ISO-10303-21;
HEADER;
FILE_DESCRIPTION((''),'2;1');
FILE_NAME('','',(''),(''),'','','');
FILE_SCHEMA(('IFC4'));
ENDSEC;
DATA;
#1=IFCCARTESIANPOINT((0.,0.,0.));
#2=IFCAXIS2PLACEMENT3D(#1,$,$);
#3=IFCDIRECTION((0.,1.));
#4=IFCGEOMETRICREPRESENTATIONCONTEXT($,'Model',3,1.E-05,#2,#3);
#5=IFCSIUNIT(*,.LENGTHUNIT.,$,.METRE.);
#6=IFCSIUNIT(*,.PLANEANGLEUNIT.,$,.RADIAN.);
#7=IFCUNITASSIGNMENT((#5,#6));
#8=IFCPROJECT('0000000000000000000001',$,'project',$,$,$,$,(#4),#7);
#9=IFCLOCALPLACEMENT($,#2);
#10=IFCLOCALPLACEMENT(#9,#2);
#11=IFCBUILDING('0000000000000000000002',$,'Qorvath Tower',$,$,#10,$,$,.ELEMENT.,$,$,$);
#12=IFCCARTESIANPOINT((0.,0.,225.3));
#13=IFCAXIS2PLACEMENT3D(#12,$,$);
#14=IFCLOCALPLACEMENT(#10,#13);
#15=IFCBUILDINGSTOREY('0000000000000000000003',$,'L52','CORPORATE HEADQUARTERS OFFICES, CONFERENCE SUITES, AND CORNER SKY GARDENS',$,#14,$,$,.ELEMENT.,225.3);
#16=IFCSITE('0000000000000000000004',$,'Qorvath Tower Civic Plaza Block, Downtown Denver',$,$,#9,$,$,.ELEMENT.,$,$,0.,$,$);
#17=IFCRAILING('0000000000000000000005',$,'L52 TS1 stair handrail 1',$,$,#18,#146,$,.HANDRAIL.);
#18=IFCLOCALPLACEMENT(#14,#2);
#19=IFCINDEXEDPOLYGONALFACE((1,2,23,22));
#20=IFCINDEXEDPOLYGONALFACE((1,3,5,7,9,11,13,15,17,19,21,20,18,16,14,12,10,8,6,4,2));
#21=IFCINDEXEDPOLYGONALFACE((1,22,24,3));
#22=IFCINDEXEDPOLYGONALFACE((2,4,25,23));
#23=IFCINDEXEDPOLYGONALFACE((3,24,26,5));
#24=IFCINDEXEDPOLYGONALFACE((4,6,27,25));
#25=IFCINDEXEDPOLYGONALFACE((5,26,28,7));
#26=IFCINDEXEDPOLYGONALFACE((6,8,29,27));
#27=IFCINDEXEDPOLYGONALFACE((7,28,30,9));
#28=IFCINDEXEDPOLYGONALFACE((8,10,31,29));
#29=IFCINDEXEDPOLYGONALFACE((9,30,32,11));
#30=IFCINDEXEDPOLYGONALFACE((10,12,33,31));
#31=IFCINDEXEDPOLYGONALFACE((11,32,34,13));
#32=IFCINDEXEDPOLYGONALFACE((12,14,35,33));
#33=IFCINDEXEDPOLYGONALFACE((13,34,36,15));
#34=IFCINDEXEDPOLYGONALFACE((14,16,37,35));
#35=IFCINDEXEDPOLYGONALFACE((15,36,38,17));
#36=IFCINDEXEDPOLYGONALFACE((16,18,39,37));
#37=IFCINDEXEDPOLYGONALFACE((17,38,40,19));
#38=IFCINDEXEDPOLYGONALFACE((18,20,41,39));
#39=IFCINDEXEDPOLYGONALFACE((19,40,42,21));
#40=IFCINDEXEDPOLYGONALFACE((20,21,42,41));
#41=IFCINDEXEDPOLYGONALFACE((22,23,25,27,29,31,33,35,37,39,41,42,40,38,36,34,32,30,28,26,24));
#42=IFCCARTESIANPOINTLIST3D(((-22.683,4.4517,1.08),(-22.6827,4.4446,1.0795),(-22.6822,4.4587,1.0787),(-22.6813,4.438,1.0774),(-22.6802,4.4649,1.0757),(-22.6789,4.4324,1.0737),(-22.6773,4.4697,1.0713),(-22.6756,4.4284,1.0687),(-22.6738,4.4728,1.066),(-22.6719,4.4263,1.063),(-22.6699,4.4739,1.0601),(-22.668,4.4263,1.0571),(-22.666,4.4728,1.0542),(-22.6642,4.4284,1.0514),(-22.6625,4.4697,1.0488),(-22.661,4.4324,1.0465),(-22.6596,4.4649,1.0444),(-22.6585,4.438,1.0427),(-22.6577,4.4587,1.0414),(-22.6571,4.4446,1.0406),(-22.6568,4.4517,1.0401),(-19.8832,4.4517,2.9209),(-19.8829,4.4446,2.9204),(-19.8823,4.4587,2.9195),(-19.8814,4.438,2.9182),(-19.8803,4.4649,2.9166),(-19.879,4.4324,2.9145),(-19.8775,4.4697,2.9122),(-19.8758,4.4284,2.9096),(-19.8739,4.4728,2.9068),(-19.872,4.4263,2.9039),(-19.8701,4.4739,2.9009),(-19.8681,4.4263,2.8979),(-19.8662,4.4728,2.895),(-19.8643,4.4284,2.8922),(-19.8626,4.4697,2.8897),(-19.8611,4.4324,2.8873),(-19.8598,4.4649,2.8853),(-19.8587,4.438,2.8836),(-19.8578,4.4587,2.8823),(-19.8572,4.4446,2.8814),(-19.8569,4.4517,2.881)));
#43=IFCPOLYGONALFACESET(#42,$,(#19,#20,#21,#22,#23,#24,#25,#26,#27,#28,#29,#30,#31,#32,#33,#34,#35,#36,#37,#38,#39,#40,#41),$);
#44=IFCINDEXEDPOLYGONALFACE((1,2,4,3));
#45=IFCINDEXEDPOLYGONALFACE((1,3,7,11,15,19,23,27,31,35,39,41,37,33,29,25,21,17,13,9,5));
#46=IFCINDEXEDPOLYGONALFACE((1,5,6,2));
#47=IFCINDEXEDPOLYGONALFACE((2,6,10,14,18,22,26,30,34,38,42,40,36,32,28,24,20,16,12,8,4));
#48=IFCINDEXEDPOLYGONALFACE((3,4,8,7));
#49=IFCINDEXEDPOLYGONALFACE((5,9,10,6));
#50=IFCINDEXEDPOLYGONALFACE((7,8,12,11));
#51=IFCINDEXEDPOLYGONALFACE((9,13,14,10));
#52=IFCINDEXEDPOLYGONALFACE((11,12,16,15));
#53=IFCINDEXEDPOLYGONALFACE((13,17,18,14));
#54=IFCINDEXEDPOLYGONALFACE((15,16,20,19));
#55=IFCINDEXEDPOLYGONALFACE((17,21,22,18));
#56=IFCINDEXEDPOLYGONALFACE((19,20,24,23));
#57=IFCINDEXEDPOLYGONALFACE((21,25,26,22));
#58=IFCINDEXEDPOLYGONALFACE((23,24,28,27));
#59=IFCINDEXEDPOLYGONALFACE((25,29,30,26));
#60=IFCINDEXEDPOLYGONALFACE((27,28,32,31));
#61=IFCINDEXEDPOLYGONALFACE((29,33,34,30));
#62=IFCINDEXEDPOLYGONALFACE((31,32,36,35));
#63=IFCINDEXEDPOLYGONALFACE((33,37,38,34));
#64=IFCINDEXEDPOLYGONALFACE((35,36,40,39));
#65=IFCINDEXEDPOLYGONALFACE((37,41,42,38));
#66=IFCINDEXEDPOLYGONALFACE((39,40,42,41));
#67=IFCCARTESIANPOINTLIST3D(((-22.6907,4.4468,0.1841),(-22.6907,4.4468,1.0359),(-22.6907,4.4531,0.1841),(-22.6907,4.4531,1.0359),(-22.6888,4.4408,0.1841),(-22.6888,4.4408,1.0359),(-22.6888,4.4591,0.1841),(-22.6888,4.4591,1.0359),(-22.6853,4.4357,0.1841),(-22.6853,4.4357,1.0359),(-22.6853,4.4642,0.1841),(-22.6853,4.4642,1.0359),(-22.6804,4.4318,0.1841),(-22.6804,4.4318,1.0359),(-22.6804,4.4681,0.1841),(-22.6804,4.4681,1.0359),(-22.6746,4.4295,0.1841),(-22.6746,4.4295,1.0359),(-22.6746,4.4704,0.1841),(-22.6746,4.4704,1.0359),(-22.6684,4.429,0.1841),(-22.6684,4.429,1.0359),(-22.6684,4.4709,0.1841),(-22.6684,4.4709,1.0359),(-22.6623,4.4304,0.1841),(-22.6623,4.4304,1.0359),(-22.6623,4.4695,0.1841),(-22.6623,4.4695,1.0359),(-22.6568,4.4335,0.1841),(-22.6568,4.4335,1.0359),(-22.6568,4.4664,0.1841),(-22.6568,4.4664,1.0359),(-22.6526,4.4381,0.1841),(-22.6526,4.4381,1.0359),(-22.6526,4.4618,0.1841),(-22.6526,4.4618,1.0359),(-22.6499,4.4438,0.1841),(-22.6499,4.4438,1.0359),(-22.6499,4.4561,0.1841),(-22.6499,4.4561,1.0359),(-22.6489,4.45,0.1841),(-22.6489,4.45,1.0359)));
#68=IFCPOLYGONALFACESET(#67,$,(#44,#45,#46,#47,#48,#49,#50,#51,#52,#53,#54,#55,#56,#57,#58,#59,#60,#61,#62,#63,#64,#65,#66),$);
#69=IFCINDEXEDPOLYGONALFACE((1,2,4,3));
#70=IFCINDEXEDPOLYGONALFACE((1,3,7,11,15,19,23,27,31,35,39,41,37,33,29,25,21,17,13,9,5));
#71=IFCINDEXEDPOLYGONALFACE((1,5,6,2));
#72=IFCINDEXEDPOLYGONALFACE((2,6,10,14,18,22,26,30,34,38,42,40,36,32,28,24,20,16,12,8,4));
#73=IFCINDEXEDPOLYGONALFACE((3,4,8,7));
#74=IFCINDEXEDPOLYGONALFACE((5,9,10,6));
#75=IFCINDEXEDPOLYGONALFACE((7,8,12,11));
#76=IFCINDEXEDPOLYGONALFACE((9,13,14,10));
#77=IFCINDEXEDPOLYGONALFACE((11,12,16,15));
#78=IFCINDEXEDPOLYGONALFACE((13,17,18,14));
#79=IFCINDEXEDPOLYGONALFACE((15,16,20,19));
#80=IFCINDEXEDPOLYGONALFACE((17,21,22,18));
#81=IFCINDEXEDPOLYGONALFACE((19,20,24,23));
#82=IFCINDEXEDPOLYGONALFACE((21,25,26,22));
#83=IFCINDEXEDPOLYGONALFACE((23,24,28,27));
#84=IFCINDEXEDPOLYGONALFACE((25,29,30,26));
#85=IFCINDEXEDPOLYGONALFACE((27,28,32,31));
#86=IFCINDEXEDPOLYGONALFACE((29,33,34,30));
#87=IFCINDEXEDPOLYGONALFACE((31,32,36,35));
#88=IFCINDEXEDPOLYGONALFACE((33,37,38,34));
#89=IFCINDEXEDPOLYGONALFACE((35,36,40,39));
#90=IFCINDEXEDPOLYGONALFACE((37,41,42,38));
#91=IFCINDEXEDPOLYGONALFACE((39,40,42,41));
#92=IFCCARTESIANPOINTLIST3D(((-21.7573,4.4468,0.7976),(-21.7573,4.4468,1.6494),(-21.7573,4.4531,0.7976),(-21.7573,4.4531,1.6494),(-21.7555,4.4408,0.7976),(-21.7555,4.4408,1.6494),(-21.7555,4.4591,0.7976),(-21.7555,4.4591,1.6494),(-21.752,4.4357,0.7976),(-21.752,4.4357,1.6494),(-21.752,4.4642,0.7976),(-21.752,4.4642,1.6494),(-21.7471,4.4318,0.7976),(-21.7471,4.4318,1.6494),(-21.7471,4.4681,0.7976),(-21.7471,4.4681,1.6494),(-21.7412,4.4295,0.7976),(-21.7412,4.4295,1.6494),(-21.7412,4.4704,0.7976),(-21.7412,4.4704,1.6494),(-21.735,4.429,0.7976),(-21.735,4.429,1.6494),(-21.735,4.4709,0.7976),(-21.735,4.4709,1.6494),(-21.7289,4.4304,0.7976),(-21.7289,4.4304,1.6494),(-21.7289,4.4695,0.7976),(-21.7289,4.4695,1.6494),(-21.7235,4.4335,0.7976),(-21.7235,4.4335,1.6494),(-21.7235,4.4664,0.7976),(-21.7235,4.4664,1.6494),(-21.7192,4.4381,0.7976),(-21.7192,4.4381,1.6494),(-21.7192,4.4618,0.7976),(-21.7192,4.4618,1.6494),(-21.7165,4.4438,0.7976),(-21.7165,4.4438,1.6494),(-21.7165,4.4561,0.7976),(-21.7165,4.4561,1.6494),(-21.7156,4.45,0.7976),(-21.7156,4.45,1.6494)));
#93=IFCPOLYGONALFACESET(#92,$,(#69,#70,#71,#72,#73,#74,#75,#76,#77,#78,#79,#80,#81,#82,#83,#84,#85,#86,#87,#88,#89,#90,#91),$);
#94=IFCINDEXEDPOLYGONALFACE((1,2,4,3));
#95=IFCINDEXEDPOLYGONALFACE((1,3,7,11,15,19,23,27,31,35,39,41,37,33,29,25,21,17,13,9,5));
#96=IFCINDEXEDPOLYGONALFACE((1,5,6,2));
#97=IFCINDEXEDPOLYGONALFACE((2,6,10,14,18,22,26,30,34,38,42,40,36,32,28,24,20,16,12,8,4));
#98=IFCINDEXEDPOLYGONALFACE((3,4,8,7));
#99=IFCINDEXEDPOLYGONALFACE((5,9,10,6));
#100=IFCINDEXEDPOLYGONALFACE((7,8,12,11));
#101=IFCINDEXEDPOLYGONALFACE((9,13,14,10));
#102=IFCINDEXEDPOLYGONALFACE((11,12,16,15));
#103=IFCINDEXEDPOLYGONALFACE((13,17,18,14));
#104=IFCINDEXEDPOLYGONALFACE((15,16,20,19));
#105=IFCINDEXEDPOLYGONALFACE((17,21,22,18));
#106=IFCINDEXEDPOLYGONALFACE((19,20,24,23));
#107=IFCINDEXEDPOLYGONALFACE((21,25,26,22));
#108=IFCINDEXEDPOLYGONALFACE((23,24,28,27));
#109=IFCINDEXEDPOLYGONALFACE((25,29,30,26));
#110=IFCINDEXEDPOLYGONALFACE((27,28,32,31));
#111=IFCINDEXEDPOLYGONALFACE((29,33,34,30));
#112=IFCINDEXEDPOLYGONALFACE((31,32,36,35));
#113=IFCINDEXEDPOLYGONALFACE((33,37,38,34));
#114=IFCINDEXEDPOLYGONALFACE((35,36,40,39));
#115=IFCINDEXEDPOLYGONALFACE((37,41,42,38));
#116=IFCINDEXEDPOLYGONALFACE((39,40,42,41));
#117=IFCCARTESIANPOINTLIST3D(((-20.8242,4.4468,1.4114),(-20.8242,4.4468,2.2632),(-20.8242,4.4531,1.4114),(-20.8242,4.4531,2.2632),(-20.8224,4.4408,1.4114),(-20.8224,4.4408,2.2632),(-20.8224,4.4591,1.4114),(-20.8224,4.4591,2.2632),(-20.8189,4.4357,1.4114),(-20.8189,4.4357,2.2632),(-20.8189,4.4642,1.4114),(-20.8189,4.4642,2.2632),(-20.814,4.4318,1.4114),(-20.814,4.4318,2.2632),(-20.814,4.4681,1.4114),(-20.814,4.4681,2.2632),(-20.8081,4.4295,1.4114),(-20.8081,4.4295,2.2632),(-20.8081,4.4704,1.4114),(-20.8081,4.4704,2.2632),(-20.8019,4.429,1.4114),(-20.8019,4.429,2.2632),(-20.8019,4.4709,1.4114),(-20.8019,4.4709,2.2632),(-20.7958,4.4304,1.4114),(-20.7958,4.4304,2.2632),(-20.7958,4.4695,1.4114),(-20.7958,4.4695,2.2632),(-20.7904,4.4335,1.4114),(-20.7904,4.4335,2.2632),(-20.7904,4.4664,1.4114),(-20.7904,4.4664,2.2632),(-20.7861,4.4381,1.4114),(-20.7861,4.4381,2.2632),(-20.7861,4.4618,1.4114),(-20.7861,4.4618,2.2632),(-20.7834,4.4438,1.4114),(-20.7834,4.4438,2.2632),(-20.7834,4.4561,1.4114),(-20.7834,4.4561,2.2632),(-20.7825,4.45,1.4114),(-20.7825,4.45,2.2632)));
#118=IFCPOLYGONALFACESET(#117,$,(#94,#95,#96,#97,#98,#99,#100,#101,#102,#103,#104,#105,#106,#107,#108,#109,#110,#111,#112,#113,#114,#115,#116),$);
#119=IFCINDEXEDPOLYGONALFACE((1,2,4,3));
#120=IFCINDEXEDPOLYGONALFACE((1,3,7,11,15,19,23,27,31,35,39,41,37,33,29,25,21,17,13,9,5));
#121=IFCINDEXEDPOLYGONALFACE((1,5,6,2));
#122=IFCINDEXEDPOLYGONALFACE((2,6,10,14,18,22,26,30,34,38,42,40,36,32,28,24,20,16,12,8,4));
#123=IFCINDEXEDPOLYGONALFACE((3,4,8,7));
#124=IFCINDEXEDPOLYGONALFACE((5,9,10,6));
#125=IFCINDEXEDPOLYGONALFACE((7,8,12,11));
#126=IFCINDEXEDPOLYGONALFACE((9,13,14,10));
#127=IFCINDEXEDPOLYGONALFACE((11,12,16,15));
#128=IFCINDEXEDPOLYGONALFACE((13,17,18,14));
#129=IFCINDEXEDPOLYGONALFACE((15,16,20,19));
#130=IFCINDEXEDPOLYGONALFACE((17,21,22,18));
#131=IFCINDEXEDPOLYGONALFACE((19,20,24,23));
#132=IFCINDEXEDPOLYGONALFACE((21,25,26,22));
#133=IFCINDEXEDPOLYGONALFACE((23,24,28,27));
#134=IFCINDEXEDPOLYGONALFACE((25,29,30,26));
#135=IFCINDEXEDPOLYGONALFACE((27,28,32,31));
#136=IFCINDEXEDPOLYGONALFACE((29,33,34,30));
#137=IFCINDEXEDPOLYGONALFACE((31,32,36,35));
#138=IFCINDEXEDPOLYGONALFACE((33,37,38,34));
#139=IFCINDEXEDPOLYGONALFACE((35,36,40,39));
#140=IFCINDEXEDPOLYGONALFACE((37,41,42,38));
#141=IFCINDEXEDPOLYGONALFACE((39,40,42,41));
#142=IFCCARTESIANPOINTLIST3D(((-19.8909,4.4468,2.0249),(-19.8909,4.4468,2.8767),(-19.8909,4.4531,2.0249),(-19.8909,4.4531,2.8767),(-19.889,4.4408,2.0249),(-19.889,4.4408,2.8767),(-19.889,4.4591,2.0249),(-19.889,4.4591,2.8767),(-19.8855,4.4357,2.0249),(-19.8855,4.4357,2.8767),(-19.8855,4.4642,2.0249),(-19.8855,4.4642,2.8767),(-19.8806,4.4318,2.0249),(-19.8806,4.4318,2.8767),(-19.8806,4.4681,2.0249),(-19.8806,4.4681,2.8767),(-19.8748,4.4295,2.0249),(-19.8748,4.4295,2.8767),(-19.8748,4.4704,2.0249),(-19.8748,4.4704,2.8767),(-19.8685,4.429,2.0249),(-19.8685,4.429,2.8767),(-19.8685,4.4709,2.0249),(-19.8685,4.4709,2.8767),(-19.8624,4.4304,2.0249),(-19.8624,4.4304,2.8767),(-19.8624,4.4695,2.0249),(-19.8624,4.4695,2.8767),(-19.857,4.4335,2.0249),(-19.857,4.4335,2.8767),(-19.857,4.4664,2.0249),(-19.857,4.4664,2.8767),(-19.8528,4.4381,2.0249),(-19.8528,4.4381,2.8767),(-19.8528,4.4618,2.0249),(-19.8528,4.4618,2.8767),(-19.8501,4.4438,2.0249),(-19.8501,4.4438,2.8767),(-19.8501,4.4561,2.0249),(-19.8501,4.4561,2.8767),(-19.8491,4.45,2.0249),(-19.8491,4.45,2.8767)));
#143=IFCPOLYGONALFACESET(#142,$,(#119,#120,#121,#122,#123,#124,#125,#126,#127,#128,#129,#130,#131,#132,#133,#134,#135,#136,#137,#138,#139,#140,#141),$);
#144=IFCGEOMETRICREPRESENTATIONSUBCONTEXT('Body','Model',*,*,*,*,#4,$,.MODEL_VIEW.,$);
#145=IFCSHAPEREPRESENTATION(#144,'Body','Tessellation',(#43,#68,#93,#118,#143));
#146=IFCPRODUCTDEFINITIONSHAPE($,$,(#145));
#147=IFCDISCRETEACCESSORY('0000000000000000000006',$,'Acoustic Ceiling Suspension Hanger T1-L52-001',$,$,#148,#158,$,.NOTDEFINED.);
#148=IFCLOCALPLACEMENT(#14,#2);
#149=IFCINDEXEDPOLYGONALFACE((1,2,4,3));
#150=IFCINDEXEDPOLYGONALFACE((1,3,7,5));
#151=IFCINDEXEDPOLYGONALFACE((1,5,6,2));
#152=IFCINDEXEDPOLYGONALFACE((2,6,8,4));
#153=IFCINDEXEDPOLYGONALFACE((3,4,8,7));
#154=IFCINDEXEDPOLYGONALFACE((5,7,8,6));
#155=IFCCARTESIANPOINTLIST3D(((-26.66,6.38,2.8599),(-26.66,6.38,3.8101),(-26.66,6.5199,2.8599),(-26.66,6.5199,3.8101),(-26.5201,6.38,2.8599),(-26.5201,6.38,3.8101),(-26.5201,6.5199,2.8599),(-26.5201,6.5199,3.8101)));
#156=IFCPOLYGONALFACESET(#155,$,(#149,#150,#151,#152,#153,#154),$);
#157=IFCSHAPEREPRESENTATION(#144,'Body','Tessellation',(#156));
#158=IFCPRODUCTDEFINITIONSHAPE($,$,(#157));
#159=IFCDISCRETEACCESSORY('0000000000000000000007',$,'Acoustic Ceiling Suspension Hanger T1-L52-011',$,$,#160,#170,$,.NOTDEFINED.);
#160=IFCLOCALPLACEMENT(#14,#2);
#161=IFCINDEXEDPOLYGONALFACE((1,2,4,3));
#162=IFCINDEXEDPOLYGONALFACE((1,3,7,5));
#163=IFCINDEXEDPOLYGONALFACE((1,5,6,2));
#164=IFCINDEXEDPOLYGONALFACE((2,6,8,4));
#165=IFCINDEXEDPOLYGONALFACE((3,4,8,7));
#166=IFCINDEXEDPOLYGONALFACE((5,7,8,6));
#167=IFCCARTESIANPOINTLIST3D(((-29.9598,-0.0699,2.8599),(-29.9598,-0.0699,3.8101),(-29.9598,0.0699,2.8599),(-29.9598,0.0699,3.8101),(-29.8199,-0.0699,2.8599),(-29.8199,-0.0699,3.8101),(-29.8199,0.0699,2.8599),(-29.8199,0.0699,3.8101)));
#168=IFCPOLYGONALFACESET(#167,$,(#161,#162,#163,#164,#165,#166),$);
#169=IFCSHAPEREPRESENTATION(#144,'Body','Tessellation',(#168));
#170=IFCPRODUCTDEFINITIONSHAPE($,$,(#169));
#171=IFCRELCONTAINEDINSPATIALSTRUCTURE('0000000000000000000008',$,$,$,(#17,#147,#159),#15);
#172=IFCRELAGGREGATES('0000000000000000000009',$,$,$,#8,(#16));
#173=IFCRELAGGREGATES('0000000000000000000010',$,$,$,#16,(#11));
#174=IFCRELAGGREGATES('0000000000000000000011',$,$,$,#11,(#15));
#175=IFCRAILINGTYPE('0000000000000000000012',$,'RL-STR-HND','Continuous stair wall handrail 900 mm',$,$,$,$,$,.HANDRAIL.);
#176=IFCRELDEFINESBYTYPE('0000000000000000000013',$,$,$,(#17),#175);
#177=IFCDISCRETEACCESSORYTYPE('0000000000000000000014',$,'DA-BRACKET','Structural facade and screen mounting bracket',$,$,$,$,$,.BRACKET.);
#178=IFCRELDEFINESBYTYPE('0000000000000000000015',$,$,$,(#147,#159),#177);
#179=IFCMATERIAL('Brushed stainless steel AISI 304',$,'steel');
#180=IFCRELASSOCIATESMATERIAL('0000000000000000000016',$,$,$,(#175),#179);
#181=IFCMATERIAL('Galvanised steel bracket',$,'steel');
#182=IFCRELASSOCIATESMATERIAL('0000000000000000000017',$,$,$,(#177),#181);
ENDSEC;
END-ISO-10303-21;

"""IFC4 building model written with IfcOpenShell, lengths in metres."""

from ifc_helpers import new_model, si_unit, direction, frame, origin, origin_2d, place, context, subcontext, project, spatial, rectangle, circle, extrude, material, type_object, element, save


model = new_model("IFC4")

# Units and contexts
model_context = context("Model", 3, precision=1e-05, world=origin(), true_north=direction((0.0, 1.0)))
body_context = subcontext(model_context, "Body", "Model", "MODEL_VIEW")
ifc_project = project(units=[si_unit("LENGTHUNIT", "METRE"), si_unit("PLANEANGLEUNIT", "RADIAN")], contexts=[model_context])

# Site, building, storey
site_placement = place(None, origin())
site = spatial("IfcSite", under=ifc_project, at=site_placement, Name="Qorvath Tower Civic Plaza Block, Downtown Denver", CompositionType="ELEMENT", RefElevation=0.0)
building_placement = place(site_placement, origin())
building = spatial("IfcBuilding", under=site, at=building_placement, Name="Qorvath Tower", CompositionType="ELEMENT")
storey_placement = place(building_placement, frame((0.0, 0.0, 225.3)))
storey = spatial("IfcBuildingStorey", under=building, at=storey_placement, Name="L52", Description="CORPORATE HEADQUARTERS OFFICES, CONFERENCE SUITES, AND CORNER SKY GARDENS", CompositionType="ELEMENT", Elevation=225.3)

# Railing
ifc_material_1 = material(Name="Brushed stainless steel AISI 304", Category="steel")
railing_type_1 = type_object("IfcRailingType", Name="RL-STR-HND", Description="Continuous stair wall handrail 900 mm", PredefinedType="HANDRAIL", material=ifc_material_1)
railing_1_placement = place(storey_placement, frame((-22.6699, 4.45, 0.1841)))
element("IfcRailing", 1, at=railing_1_placement, inside=storey, type_object=railing_type_1, Name="L52 TS1 stair handrail 1", PredefinedType="HANDRAIL", context=body_context, shape_type="SweptSolid", body=[
    extrude(circle(Radius=0.0239, at=origin_2d()), frame((0.0, 0.0, 0.876), z_axis=(0.835576, 0.0, 0.549376), x_axis=(0.0, 1.0, 0.0)), (0.0, 0.0, 1.0), 3.3508),
    extrude(circle(Radius=0.021, at=origin_2d()), origin(), (0.0, 0.0, 1.0), 0.8518),
    extrude(circle(Radius=0.021, at=origin_2d()), frame((0.9333, 0.0, 0.6135)), (0.0, 0.0, 1.0), 0.8518),
    extrude(circle(Radius=0.021, at=origin_2d()), frame((1.8665, 0.0, 1.2273)), (0.0, 0.0, 1.0), 0.8518),
    extrude(circle(Radius=0.021, at=origin_2d()), frame((2.7998, 0.0, 1.8408)), (0.0, 0.0, 1.0), 0.8518),
])

# Discrete accessories
ifc_material_2 = material(Name="Galvanised steel bracket", Category="steel")
discrete_accessory_type = type_object("IfcDiscreteAccessoryType", Name="DA-BRACKET", Description="Structural facade and screen mounting bracket", PredefinedType="BRACKET", material=ifc_material_2)
for number, where, z_axis, x_axis, name in (
    (2, (-26.5901, 6.45, 2.8599), (0.0, 0.0, 1.0), (1.0, 0.0, 0.0), "Acoustic Ceiling Suspension Hanger T1-L52-001"),
    (3, (-29.8899, 0.0, 2.8599), (0.0, 0.0, 1.0), (1.0, 0.0, 0.0), "Acoustic Ceiling Suspension Hanger T1-L52-011"),
):
    element("IfcDiscreteAccessory", number, at=place(storey_placement, frame(where, z_axis=z_axis, x_axis=x_axis)), inside=storey, type_object=discrete_accessory_type, Name=name, PredefinedType="NOTDEFINED", context=body_context, shape_type="SweptSolid", body=[
        extrude(rectangle(XDim=0.1399, YDim=0.1399, at=origin_2d()), origin(), (0.0, 0.0, 1.0), 0.9502),
    ])

save(model, "model.ifc")
